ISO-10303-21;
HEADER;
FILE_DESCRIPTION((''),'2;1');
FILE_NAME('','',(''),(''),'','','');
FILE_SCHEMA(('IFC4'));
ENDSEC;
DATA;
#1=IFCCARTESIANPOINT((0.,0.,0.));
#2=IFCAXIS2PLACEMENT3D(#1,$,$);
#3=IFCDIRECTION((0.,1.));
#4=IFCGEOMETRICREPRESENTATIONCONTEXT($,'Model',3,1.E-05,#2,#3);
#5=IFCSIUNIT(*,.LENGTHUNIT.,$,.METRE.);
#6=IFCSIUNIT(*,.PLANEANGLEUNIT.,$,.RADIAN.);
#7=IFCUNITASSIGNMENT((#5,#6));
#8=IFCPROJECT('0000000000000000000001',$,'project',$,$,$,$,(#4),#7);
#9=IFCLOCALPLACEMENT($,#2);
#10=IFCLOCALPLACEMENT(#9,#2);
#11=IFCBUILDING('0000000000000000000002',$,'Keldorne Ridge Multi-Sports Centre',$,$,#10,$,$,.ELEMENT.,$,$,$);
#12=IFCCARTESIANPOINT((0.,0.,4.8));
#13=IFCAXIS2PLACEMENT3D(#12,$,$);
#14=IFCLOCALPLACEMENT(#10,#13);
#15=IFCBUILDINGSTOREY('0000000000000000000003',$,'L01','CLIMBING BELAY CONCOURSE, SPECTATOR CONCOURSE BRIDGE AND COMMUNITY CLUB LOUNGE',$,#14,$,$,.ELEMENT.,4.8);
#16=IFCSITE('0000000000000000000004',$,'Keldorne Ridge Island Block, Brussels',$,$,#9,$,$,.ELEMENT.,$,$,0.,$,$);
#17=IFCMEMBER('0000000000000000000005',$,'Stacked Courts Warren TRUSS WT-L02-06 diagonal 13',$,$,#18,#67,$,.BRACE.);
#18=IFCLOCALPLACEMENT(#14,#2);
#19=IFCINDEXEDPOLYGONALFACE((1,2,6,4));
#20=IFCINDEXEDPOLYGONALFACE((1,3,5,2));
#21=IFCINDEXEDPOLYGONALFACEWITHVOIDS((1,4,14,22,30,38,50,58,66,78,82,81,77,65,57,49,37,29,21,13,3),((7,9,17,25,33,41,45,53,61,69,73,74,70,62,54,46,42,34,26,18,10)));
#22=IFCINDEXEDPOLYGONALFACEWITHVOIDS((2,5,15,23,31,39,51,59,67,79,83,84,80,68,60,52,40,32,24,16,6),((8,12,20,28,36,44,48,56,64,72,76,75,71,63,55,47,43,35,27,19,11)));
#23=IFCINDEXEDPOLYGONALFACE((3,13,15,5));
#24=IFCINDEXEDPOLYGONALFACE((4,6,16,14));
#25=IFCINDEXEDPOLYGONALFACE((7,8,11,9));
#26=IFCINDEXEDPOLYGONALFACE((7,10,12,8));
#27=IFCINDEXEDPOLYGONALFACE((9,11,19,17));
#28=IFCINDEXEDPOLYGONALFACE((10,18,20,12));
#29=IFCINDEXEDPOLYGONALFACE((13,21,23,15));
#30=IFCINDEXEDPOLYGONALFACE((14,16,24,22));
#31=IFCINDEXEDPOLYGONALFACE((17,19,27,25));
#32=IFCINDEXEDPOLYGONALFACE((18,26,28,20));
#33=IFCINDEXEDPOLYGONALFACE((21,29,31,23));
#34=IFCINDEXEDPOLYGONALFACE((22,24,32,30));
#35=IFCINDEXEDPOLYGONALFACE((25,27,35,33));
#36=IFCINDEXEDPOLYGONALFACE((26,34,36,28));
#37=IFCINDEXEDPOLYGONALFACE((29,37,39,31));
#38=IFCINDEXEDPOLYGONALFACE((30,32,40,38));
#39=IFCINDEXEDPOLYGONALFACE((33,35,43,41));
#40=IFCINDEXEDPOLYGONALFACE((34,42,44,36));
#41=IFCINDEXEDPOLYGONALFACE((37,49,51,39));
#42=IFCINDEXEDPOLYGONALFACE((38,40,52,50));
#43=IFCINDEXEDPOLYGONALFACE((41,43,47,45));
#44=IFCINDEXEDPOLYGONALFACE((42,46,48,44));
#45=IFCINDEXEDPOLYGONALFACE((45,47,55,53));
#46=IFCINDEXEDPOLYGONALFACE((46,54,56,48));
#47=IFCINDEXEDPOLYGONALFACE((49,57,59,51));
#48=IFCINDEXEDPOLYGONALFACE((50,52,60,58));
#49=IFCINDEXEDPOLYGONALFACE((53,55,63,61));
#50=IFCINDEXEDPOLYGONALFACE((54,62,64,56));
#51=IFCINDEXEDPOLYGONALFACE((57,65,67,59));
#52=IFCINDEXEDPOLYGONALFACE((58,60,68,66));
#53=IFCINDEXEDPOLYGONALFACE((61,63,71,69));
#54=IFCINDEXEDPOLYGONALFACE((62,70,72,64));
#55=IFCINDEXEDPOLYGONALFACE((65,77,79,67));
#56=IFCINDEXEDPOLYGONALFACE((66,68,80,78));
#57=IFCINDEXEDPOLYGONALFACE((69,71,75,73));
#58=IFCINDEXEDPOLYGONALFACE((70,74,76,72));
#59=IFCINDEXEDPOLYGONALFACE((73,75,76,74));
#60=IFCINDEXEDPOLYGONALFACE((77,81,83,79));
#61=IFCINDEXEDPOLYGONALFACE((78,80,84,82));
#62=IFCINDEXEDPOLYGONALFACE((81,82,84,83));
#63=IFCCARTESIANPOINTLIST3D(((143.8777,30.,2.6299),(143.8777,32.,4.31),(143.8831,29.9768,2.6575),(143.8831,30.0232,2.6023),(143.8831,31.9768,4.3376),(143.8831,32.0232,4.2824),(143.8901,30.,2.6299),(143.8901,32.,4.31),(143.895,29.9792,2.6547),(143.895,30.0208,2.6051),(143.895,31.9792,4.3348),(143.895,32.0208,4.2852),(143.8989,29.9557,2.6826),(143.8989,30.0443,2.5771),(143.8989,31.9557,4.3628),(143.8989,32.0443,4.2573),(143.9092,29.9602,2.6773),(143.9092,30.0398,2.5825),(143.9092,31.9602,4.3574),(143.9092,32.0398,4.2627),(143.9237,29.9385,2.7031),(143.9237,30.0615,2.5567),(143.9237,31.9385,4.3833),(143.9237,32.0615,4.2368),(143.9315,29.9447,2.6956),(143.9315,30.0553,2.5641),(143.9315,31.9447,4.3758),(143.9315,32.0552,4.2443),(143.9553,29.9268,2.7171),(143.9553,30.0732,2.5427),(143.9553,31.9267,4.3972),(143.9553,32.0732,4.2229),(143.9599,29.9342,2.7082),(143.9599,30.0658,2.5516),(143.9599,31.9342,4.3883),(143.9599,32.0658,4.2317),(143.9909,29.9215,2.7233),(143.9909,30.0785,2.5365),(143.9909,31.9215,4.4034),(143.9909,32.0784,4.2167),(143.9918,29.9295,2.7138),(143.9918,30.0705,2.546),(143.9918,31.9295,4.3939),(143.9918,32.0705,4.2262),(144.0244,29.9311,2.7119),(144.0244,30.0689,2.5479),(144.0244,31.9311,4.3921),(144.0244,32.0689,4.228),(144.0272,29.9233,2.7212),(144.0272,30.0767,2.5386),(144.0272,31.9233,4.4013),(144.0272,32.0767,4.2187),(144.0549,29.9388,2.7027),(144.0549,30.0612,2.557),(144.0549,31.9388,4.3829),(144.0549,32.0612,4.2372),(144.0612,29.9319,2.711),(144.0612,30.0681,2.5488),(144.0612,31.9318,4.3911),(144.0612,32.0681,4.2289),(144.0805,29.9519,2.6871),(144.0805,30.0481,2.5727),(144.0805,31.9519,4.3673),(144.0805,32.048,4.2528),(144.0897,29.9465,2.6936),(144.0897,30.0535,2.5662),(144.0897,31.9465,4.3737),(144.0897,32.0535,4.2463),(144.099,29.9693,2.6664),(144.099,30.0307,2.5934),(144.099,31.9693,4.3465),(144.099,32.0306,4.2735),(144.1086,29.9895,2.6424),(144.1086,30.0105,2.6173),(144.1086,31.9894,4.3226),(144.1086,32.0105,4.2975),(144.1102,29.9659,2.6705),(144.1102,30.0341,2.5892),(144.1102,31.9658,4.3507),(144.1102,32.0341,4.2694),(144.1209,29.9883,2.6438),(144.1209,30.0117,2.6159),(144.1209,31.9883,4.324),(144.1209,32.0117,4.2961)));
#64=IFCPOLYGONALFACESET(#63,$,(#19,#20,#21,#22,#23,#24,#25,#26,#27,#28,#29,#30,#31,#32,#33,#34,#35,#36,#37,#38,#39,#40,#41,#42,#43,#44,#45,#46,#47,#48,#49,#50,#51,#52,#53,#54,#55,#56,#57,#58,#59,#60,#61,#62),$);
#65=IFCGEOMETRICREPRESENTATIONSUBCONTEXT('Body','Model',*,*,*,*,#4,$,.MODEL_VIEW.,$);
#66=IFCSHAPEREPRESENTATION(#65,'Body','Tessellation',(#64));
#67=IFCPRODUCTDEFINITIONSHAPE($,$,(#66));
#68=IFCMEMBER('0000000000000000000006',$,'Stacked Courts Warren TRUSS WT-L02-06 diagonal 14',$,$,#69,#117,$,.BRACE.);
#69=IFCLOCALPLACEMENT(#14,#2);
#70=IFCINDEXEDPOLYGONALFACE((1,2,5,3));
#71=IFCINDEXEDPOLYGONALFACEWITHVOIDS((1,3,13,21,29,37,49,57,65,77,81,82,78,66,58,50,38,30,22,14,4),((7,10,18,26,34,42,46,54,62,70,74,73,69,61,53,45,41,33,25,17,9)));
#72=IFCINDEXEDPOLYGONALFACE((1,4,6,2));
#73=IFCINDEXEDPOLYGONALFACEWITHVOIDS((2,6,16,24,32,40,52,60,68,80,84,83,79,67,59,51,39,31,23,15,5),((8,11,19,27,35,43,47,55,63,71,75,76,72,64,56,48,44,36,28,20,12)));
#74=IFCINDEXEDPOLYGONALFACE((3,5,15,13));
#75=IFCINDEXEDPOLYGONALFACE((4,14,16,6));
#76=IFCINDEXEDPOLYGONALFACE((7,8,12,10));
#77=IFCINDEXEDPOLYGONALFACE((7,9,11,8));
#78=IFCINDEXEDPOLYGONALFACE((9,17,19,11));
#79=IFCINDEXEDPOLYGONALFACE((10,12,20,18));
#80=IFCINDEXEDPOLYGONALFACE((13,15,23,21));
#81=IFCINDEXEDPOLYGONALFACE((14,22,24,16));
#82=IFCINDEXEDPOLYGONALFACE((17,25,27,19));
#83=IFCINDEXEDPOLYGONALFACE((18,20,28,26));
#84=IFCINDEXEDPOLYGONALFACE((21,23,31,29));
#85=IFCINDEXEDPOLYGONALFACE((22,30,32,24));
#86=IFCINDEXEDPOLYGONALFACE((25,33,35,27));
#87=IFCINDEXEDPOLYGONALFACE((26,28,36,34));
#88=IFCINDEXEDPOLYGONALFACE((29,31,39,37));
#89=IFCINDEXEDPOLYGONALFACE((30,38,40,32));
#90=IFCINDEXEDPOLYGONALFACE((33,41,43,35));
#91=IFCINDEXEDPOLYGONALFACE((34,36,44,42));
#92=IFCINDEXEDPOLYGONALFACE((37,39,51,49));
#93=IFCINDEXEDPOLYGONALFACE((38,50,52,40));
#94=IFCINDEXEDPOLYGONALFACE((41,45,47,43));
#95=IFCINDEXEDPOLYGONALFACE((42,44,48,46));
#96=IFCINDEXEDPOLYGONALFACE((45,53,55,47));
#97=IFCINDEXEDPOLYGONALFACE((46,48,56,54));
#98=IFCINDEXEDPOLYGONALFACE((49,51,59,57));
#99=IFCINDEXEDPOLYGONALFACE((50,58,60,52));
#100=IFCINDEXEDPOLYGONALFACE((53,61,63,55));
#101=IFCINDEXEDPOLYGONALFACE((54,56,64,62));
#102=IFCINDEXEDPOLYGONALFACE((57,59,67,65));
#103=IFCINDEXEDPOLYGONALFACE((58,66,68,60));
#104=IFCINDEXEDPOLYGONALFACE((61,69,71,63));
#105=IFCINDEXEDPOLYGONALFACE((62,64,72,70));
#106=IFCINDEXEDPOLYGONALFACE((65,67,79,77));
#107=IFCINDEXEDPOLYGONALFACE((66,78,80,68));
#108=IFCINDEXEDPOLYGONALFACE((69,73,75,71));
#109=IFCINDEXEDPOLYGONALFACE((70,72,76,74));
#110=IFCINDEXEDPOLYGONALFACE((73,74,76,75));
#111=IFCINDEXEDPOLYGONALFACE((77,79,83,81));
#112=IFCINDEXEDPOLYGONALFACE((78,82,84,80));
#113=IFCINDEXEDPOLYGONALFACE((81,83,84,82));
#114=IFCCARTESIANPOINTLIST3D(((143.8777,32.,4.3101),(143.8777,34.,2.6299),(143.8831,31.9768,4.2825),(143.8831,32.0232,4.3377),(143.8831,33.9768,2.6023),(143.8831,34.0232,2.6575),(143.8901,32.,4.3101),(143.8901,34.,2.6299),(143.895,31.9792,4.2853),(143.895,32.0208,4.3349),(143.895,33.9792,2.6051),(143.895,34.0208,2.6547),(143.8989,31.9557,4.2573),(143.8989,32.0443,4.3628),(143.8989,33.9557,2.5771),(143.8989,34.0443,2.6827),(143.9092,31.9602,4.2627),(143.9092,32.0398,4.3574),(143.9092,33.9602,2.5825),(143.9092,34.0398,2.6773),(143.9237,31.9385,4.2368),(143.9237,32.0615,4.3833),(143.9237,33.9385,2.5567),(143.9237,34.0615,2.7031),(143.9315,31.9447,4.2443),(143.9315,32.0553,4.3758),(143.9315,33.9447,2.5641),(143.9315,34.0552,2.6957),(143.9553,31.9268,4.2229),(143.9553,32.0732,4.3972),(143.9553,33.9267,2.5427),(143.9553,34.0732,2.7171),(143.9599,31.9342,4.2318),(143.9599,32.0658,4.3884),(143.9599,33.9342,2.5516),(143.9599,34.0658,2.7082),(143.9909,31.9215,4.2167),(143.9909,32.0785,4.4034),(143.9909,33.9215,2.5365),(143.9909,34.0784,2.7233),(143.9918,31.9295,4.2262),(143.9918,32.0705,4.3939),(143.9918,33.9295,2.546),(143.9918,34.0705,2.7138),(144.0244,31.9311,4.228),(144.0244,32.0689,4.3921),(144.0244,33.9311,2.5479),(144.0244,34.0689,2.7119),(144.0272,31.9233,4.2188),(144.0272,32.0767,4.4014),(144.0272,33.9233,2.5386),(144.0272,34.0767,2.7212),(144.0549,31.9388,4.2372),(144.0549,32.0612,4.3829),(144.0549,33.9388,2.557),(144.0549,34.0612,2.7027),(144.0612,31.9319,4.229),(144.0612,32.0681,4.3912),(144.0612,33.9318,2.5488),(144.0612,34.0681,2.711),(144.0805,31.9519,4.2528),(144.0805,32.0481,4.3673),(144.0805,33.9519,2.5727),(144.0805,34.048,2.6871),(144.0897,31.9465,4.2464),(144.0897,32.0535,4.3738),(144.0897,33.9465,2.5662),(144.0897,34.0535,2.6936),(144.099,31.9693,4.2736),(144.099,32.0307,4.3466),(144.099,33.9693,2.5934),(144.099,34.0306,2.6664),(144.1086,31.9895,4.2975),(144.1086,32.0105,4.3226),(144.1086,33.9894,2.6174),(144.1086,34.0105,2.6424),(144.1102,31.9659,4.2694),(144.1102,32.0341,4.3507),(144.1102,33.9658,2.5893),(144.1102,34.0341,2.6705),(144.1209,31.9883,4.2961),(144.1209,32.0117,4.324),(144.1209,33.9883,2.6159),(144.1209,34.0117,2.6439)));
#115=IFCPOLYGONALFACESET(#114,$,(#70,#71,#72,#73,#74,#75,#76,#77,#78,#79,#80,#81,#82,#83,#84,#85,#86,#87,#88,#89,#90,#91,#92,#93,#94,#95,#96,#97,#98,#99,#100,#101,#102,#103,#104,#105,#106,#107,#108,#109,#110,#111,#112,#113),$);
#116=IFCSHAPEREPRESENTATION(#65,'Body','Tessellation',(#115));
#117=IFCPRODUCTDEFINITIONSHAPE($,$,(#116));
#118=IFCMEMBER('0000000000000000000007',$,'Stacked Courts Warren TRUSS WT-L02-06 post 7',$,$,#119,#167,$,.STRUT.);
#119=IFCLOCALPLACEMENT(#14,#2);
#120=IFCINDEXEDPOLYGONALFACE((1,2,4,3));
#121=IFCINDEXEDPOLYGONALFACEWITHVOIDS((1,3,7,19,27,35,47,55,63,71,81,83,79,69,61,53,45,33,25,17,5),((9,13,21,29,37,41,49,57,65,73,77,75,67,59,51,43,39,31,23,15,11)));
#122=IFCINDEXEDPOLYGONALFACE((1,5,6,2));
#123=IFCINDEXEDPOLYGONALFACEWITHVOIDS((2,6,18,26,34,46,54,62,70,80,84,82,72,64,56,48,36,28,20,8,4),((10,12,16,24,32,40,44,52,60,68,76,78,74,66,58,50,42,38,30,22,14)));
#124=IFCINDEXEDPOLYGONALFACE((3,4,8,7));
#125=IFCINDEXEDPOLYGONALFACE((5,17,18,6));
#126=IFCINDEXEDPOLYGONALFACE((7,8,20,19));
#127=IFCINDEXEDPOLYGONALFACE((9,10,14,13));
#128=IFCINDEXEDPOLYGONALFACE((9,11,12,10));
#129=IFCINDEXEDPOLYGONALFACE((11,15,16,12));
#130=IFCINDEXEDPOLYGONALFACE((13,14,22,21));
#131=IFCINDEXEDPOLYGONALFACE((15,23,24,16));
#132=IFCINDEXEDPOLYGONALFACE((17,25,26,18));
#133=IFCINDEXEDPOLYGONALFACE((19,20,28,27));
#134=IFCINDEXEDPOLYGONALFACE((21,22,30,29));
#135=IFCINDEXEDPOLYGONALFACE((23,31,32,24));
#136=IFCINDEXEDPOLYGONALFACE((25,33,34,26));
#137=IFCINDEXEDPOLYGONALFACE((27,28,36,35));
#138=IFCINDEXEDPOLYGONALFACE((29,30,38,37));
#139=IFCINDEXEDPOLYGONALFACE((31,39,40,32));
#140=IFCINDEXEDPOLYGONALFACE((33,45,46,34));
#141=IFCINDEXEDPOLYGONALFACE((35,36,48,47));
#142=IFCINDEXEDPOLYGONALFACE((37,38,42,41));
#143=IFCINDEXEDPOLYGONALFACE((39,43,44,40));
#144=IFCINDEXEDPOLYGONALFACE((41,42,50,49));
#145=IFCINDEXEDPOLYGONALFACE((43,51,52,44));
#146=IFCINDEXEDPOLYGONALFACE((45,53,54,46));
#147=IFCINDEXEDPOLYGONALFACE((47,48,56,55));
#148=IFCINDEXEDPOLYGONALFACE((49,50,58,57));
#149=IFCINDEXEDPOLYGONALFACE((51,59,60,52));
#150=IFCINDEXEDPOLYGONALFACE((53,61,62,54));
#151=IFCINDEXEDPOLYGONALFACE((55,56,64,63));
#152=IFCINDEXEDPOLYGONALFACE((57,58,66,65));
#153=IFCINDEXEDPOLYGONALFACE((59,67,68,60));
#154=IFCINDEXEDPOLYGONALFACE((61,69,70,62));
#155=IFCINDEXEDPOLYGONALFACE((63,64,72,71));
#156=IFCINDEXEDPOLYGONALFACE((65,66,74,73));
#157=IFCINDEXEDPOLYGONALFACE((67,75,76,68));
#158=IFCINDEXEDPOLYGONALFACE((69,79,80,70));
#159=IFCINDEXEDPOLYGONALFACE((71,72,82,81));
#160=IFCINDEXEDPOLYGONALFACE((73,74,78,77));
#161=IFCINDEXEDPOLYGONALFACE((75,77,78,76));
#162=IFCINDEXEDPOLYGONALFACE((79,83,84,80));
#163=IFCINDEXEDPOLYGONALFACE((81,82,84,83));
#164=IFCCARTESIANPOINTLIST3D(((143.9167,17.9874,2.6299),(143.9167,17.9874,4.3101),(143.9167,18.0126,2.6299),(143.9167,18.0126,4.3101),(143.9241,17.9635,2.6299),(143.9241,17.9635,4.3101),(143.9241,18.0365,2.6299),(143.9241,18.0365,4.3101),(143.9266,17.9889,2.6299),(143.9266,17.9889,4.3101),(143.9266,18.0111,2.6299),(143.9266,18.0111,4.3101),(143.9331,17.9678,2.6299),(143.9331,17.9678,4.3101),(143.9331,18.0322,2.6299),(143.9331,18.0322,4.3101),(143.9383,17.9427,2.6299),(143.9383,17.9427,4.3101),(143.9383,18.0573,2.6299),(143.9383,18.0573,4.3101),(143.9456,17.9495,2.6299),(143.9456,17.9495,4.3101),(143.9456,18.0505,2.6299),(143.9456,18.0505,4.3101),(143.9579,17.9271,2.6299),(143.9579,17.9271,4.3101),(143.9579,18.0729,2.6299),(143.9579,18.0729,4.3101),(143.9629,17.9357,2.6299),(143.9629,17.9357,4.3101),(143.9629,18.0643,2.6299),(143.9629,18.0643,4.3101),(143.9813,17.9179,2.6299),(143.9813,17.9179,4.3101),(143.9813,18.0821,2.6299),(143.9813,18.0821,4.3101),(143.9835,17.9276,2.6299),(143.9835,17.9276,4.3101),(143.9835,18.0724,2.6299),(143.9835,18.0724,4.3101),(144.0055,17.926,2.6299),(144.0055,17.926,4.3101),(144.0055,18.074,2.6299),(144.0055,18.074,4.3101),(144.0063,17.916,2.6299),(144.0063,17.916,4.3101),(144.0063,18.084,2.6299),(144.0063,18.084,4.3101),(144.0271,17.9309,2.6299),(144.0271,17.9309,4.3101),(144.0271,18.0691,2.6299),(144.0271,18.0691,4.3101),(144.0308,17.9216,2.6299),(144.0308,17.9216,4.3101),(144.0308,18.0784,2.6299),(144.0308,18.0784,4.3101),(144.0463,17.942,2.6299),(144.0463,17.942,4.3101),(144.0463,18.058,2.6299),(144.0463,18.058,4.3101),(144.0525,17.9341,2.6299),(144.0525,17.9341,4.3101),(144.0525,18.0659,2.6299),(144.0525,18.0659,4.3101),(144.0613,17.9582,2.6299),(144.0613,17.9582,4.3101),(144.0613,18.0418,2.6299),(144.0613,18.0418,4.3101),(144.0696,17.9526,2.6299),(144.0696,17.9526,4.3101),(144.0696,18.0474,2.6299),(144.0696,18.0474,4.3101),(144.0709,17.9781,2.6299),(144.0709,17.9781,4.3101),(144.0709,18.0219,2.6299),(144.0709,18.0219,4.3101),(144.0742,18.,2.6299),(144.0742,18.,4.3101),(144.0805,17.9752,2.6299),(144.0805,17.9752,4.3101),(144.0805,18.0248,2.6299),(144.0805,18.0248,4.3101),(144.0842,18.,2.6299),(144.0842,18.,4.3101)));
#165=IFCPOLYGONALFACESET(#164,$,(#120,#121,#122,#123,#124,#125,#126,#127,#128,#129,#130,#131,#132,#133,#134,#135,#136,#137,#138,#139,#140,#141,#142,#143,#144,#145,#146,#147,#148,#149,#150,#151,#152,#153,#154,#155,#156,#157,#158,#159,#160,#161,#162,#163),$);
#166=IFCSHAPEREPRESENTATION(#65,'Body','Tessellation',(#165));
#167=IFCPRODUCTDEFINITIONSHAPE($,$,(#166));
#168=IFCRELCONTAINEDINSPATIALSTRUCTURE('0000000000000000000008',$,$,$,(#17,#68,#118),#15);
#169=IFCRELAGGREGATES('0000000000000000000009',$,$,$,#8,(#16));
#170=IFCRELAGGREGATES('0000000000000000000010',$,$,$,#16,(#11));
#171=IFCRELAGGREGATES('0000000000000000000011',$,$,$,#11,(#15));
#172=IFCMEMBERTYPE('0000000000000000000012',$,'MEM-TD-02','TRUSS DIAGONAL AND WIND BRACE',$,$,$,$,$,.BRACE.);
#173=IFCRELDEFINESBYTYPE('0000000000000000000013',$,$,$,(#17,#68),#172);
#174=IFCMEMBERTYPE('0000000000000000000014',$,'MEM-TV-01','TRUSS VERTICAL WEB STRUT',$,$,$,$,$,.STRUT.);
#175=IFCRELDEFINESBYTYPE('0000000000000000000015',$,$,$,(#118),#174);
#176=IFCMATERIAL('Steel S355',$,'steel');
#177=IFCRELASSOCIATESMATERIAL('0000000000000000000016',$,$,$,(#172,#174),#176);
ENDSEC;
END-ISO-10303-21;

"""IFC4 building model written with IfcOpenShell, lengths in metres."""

from ifc_helpers import new_model, si_unit, direction, frame, origin, origin_2d, place, context, subcontext, project, spatial, hollow_circle, extrude, material, material_profile, profile_set, type_object, element, save


model = new_model("IFC4")

# Units and contexts
model_context = context("Model", 3, precision=1e-05, world=origin(), true_north=direction((0.0, 1.0)))
body_context = subcontext(model_context, "Body", "Model", "MODEL_VIEW")
ifc_project = project(units=[si_unit("LENGTHUNIT", "METRE"), si_unit("PLANEANGLEUNIT", "RADIAN")], contexts=[model_context])

# Site, building, storey
site_placement = place(None, origin())
site = spatial("IfcSite", under=ifc_project, at=site_placement, Name="Keldorne Ridge Island Block, Brussels", CompositionType="ELEMENT", RefElevation=0.0)
building_placement = place(site_placement, origin())
building = spatial("IfcBuilding", under=site, at=building_placement, Name="Keldorne Ridge Multi-Sports Centre", CompositionType="ELEMENT")
storey_placement = place(building_placement, frame((0.0, 0.0, 4.8)))
storey = spatial("IfcBuildingStorey", under=building, at=storey_placement, Name="L01", Description="CLIMBING BELAY CONCOURSE, SPECTATOR CONCOURSE BRIDGE AND COMMUNITY CLUB LOUNGE", CompositionType="ELEMENT", Elevation=4.8)

# Members
ifc_material = material(Name="Steel S355", Category="steel")
ifc_material_profile_1 = material_profile(ifc_material, hollow_circle(Radius=0.1223, WallThickness=0.0125, at=origin_2d()), Name="CHS 244.5x12.5")
ifc_profile_set_1 = profile_set([ifc_material_profile_1], Name="Steel S355")
member_type_1 = type_object("IfcMemberType", Name="MEM-TD-02", Description="TRUSS DIAGONAL AND WIND BRACE", PredefinedType="BRACE", material=ifc_profile_set_1)
for number, where, z_axis, x_axis, name in (
    (1, (144.0, 30.0, 2.6299), (0.0, 0.765672, 0.643232), (-1.0, 0.0, 0.0), "Stacked Courts Warren TRUSS WT-L02-06 diagonal 13"),
    (2, (144.0, 32.0, 4.3101), (0.0, 0.765672, -0.643232), (-1.0, 0.0, 0.0), "Stacked Courts Warren TRUSS WT-L02-06 diagonal 14"),
):
    element("IfcMember", number, at=place(storey_placement, frame(where, z_axis=z_axis, x_axis=x_axis)), inside=storey, type_object=member_type_1, Name=name, PredefinedType="BRACE", context=body_context, shape_type="SweptSolid", body=[
        extrude(hollow_circle(Radius=0.1223, WallThickness=0.0125, at=origin_2d()), origin(), (0.0, 0.0, 1.0), 2.6121),
    ])
ifc_material_profile_2 = material_profile(ifc_material, hollow_circle(Radius=0.0842, WallThickness=0.01, at=origin_2d()), Name="CHS 168.3x10")
ifc_profile_set_2 = profile_set([ifc_material_profile_2], Name="Steel S355")
member_type_2 = type_object("IfcMemberType", Name="MEM-TV-01", Description="TRUSS VERTICAL WEB STRUT", PredefinedType="STRUT", material=ifc_profile_set_2)
for number, where, z_axis, x_axis, name in (
    (3, (144.0, 18.0, 2.6299), (0.0, 0.0, 1.0), (1.0, 0.0, 0.0), "Stacked Courts Warren TRUSS WT-L02-06 post 7"),
):
    element("IfcMember", number, at=place(storey_placement, frame(where, z_axis=z_axis, x_axis=x_axis)), inside=storey, type_object=member_type_2, Name=name, PredefinedType="STRUT", context=body_context, shape_type="SweptSolid", body=[
        extrude(hollow_circle(Radius=0.0842, WallThickness=0.01, at=origin_2d()), origin(), (0.0, 0.0, 1.0), 1.6802),
    ])

save(model, "model.ifc")
